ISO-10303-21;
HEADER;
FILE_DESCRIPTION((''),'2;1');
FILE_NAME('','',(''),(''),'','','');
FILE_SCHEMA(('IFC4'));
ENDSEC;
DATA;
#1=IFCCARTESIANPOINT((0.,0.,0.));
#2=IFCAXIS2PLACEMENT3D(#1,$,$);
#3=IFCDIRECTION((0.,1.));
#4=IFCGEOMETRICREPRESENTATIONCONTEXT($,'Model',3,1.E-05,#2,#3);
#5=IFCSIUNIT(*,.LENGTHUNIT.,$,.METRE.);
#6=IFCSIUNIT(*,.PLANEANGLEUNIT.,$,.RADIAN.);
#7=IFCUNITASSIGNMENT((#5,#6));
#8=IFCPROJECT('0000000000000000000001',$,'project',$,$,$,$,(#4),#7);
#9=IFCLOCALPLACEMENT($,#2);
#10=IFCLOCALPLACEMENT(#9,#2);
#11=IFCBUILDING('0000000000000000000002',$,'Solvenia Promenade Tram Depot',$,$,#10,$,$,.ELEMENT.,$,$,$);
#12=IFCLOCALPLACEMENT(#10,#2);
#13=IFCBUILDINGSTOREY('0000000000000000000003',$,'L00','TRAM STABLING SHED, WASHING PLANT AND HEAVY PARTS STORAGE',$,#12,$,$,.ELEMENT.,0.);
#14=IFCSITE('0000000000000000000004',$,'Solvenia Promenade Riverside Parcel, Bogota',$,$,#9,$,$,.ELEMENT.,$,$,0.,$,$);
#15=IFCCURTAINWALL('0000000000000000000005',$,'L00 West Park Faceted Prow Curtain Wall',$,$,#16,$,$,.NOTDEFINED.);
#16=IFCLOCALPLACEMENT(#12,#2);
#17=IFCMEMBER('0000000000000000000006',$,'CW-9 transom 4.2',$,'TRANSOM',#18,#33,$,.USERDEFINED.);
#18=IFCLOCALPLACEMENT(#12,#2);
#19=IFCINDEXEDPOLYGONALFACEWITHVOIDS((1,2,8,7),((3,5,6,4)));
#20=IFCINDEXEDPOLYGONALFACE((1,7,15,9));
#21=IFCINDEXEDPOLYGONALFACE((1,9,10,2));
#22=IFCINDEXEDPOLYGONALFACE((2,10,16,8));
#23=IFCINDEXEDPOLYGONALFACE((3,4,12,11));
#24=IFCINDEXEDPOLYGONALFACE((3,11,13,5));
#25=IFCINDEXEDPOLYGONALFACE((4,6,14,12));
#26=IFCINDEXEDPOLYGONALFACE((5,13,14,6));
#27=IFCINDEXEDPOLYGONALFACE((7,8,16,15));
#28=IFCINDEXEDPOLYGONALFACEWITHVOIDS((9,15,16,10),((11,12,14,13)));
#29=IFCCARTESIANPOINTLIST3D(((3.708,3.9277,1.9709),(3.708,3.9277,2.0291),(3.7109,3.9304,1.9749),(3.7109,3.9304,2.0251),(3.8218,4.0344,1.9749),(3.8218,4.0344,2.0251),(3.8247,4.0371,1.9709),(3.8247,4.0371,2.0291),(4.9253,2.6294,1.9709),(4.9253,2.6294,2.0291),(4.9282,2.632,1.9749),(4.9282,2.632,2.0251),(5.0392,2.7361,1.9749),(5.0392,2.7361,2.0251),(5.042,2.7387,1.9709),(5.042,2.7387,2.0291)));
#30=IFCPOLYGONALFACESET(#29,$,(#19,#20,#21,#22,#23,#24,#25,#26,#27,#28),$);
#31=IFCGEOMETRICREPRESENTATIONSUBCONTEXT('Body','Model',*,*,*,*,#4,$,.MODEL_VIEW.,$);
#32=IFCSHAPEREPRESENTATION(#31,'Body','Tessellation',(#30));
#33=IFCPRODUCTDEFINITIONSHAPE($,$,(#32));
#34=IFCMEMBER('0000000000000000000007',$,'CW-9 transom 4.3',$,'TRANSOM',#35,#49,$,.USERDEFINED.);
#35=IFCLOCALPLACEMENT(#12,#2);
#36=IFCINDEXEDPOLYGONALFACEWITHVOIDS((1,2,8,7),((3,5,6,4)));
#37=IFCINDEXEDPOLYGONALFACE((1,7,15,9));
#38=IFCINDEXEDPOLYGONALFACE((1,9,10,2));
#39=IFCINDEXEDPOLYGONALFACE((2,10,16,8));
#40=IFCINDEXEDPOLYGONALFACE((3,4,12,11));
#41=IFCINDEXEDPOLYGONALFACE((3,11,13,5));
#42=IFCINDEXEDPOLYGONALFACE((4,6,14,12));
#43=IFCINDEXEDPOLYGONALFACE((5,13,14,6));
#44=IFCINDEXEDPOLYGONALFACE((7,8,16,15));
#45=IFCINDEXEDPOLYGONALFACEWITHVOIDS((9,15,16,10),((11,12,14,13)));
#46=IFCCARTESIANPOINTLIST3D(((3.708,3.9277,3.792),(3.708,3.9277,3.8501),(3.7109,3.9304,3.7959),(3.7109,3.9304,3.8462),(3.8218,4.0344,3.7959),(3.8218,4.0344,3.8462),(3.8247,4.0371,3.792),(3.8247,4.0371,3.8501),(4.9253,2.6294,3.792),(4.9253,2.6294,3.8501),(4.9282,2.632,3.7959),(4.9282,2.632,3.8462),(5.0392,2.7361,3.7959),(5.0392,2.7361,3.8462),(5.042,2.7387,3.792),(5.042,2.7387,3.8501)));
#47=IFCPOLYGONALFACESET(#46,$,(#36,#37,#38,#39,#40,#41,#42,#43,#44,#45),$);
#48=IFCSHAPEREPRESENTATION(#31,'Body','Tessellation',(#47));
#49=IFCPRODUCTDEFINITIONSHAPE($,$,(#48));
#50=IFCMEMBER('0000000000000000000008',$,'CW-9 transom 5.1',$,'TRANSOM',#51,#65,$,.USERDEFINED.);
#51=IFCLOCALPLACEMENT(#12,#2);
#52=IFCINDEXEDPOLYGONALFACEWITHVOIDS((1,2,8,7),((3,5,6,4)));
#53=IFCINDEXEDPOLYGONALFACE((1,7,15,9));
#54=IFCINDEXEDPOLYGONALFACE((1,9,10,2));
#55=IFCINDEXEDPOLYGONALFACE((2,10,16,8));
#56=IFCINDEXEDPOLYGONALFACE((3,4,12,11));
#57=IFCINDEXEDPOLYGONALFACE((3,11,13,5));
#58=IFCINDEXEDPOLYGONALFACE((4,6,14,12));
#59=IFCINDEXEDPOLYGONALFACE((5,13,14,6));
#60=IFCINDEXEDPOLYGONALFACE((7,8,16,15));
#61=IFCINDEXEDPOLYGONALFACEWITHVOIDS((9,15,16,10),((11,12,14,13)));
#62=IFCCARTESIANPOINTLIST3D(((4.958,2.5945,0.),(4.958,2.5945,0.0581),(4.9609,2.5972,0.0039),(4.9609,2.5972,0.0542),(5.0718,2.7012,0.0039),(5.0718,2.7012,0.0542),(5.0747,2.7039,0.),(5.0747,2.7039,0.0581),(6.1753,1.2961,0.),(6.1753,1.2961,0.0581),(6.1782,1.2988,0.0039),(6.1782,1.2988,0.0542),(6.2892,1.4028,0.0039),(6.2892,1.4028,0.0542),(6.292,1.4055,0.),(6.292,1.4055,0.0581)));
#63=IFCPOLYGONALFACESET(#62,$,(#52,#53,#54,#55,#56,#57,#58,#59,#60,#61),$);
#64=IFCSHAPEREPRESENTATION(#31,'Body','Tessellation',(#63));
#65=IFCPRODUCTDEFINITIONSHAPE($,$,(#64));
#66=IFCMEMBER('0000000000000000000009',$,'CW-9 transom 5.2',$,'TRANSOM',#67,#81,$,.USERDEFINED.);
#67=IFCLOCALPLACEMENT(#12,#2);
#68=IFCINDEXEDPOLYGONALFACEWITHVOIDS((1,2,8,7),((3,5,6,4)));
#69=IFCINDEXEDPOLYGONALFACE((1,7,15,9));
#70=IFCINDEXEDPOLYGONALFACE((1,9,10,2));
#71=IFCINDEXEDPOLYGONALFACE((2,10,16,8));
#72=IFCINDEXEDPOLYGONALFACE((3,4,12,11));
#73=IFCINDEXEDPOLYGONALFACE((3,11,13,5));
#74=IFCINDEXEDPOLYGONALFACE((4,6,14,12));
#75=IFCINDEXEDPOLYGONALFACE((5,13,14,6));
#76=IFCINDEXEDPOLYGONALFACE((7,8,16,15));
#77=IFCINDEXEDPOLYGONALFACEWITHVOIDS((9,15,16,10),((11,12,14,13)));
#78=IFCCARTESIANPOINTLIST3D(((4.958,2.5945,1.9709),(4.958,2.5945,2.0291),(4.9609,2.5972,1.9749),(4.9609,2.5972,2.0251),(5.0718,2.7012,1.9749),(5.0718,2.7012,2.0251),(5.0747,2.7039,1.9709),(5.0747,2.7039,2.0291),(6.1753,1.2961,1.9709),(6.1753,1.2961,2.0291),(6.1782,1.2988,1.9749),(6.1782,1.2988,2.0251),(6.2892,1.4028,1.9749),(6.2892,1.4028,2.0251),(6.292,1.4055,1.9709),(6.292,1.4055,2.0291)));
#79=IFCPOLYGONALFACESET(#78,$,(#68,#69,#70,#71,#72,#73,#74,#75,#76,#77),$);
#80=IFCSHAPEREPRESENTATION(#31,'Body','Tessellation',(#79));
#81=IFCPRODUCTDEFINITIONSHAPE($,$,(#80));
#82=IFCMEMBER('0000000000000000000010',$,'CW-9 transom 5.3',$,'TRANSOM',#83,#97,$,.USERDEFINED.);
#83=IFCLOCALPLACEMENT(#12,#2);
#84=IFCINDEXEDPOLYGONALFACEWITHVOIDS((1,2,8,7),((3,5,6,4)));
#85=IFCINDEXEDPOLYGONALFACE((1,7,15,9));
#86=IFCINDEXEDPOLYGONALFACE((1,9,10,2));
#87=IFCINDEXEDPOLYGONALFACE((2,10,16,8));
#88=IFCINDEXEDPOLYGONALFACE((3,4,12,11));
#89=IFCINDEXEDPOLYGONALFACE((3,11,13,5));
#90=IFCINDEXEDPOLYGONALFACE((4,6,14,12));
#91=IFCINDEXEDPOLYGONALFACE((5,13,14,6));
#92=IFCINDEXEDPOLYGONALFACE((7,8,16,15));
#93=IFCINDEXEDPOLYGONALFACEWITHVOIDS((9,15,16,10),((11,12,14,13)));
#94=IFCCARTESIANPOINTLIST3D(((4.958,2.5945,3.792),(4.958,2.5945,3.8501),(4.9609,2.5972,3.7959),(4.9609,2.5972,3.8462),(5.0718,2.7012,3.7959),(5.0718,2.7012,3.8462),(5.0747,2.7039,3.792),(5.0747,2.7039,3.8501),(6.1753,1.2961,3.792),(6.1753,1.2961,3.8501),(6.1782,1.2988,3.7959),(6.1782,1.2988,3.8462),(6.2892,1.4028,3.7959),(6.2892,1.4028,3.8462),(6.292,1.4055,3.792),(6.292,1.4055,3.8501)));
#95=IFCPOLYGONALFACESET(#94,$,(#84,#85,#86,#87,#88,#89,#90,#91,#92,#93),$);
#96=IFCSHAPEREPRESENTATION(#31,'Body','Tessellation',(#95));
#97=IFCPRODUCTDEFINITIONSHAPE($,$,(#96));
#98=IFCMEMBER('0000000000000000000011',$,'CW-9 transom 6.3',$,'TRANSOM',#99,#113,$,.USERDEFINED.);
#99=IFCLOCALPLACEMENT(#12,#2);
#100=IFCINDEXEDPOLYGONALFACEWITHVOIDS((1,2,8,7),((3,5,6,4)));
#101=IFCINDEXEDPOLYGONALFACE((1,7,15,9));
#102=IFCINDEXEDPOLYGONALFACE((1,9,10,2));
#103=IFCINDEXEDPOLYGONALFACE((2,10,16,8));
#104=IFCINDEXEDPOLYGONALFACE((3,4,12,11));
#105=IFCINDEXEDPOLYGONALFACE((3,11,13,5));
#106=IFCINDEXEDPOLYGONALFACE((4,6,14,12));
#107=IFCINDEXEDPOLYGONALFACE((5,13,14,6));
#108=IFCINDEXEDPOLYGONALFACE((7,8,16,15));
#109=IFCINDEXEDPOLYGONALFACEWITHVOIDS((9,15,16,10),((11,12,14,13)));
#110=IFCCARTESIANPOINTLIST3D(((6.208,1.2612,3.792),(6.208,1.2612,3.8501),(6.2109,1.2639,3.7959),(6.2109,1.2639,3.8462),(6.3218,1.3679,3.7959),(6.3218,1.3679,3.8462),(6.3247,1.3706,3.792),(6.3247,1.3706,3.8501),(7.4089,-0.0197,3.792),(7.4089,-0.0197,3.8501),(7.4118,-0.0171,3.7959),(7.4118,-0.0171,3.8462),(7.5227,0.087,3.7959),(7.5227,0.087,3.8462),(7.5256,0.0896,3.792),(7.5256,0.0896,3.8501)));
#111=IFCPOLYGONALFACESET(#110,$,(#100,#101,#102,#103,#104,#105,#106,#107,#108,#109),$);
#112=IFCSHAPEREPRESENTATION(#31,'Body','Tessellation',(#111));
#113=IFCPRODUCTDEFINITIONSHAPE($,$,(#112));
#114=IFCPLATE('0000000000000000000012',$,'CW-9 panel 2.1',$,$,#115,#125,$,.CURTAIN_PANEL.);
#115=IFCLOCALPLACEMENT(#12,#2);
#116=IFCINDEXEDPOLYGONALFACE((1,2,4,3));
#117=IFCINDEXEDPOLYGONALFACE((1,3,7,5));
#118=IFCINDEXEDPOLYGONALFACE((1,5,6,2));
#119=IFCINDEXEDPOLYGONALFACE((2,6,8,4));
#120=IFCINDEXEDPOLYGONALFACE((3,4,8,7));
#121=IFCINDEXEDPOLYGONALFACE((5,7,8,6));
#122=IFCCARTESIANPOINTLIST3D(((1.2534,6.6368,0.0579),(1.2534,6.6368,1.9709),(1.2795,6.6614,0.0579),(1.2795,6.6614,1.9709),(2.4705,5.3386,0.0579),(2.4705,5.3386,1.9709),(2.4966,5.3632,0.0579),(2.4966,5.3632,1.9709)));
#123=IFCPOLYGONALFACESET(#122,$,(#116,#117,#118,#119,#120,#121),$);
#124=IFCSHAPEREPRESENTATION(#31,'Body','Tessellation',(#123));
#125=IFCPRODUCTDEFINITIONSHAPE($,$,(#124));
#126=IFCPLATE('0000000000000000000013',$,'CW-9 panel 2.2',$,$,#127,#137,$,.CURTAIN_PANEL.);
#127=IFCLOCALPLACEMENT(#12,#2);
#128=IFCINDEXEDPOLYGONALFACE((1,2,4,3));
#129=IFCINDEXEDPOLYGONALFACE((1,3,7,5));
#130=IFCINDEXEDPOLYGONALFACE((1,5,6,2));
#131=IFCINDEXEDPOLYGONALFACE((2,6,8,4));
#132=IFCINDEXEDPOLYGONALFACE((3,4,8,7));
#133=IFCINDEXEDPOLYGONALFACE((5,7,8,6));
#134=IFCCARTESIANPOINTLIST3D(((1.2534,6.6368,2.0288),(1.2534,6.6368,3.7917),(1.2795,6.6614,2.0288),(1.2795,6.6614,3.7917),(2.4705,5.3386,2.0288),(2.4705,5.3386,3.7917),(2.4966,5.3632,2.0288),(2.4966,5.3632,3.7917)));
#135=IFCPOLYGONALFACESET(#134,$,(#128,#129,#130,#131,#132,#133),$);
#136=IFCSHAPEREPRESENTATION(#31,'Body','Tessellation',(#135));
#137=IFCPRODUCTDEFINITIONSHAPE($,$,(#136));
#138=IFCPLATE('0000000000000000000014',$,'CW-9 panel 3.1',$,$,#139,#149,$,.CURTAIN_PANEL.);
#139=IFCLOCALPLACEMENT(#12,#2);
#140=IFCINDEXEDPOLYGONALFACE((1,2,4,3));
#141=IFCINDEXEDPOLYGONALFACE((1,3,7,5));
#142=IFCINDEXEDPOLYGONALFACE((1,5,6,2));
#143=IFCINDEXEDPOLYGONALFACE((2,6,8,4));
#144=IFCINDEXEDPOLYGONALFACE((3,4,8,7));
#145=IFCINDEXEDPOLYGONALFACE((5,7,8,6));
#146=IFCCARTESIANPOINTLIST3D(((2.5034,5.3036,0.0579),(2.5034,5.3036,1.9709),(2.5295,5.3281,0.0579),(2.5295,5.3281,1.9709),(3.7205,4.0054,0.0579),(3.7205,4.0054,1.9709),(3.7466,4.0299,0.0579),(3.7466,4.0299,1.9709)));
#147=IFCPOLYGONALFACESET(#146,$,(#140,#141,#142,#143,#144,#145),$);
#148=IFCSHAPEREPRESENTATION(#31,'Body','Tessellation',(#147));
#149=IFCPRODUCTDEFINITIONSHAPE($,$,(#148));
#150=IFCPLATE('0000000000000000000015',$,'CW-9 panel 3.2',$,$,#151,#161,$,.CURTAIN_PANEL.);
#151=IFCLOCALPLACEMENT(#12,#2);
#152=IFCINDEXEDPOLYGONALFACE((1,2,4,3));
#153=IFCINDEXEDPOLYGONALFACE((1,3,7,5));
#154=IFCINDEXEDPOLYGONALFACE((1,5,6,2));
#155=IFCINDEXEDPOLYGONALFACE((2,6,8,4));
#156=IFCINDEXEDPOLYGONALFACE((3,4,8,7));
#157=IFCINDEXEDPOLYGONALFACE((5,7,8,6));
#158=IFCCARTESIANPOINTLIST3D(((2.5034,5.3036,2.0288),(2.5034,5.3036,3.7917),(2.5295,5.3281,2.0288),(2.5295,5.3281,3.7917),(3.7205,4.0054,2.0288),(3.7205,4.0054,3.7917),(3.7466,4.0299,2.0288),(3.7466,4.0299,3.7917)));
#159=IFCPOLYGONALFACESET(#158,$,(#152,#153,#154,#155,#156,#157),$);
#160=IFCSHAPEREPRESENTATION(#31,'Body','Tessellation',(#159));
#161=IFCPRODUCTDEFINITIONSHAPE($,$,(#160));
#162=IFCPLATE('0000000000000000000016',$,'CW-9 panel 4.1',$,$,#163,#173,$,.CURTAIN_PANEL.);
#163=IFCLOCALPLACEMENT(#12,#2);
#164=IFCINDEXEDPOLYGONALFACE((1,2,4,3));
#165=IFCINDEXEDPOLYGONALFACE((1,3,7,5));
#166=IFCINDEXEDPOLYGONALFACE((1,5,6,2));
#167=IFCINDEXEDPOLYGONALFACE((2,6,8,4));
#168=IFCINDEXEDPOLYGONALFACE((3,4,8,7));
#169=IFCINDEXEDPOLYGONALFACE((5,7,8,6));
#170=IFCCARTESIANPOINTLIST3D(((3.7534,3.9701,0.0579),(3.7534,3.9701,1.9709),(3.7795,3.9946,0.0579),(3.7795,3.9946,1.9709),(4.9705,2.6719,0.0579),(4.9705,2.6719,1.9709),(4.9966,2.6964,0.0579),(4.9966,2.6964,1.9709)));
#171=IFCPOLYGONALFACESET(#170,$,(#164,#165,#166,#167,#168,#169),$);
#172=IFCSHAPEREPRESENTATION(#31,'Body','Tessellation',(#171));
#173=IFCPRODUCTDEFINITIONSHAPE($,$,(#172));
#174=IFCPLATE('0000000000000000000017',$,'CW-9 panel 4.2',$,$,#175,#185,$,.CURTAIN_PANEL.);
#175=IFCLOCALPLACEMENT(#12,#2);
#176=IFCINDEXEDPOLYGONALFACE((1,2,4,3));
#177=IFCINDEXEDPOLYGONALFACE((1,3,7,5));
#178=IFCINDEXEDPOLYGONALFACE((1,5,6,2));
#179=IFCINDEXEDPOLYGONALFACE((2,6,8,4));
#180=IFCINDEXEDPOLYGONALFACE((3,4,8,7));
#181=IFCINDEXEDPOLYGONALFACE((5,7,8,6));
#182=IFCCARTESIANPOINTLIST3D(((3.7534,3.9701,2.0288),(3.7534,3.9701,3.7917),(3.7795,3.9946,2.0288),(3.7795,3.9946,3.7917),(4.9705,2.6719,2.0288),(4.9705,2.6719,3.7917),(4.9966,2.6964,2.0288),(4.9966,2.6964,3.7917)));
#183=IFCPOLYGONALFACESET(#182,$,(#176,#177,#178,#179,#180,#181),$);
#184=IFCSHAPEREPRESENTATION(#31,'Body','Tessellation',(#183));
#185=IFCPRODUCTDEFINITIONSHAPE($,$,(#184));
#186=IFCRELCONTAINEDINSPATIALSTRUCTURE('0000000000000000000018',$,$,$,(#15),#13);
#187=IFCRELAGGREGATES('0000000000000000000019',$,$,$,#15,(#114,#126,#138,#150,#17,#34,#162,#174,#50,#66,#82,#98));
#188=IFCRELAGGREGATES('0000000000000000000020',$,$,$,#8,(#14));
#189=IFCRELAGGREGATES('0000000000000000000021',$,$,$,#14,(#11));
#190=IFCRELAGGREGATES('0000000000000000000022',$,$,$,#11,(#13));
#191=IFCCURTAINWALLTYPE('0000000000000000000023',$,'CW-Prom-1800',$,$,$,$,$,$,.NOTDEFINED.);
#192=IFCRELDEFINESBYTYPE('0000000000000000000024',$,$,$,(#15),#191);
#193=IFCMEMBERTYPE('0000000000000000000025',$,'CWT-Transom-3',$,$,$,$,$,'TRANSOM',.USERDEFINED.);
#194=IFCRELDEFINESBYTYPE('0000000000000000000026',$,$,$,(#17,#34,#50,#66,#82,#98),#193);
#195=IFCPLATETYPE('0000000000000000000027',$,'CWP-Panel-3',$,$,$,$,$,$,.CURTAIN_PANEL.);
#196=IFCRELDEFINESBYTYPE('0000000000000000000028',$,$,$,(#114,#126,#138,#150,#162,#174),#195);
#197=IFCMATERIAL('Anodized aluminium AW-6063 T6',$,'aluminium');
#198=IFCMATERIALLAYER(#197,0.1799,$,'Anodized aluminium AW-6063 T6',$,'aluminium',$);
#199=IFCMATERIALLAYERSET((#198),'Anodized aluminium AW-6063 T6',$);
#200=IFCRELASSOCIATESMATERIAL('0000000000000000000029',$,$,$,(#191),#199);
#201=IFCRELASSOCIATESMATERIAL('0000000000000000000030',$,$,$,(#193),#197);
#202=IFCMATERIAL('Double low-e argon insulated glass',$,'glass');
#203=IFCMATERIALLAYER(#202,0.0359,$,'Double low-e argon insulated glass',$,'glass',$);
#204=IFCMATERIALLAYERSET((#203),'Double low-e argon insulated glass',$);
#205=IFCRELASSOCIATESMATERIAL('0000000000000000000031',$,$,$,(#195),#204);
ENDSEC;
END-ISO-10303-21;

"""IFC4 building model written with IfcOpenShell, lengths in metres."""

from ifc_helpers import new_model, si_unit, direction, frame, origin, origin_2d, place, context, subcontext, project, spatial, rectangle, hollow_rectangle, extrude, material, layer, layer_set, material_profile, profile_set, type_object, element, aggregate, save


model = new_model("IFC4")

# Units and contexts
model_context = context("Model", 3, precision=1e-05, world=origin(), true_north=direction((0.0, 1.0)))
body_context = subcontext(model_context, "Body", "Model", "MODEL_VIEW")
ifc_project = project(units=[si_unit("LENGTHUNIT", "METRE"), si_unit("PLANEANGLEUNIT", "RADIAN")], contexts=[model_context])

# Site, building, storey
site_placement = place(None, origin())
site = spatial("IfcSite", under=ifc_project, at=site_placement, Name="Solvenia Promenade Riverside Parcel, Bogota", CompositionType="ELEMENT", RefElevation=0.0)
building_placement = place(site_placement, origin())
building = spatial("IfcBuilding", under=site, at=building_placement, Name="Solvenia Promenade Tram Depot", CompositionType="ELEMENT")
storey_placement = place(building_placement, origin())
storey = spatial("IfcBuildingStorey", under=building, at=storey_placement, Name="L00", Description="TRAM STABLING SHED, WASHING PLANT AND HEAVY PARTS STORAGE", CompositionType="ELEMENT", Elevation=0.0)

# Curtain wall, members, plates
ifc_material_1 = material(Name="Anodized aluminium AW-6063 T6", Category="aluminium")
ifc_layer_1 = layer(ifc_material_1, 0.1799, Name="Anodized aluminium AW-6063 T6", Category="aluminium")
ifc_layer_set_1 = layer_set([ifc_layer_1], Name="Anodized aluminium AW-6063 T6")
curtain_wall_type = type_object("IfcCurtainWallType", Name="CW-Prom-1800", PredefinedType="NOTDEFINED", material=ifc_layer_set_1)
curtain_wall_placement = place(storey_placement, origin())
curtain_wall = element("IfcCurtainWall", 1, at=curtain_wall_placement, inside=storey, type_object=curtain_wall_type, Name="L00 West Park Faceted Prow Curtain Wall", PredefinedType="NOTDEFINED")
ifc_material_profile_1 = material_profile(ifc_material_1, hollow_rectangle(XDim=0.1599, YDim=0.0581, WallThickness=0.0039, at=origin_2d()), Name="ALU-T3", Category="aluminium")
ifc_profile_set_1 = profile_set([ifc_material_profile_1], Name="Anodized aluminium AW-6063 T6")
member_type_1 = type_object("IfcMemberType", Name="CWT-Transom-3", ElementType="TRANSOM", PredefinedType="USERDEFINED", material=ifc_profile_set_1)
member_1_placement = place(storey_placement, frame((3.7664, 3.9824, 2.0), z_axis=(0.683969, -0.729512, 0.0), x_axis=(0.729512, 0.683969, 0.0)))
member_1 = element("IfcMember", 2, at=member_1_placement, type_object=member_type_1, Name="CW-9 transom 4.2", ObjectType="TRANSOM", PredefinedType="USERDEFINED", context=body_context, shape_type="SweptSolid", body=[
    extrude(hollow_rectangle(XDim=0.1599, YDim=0.0581, WallThickness=0.0039, at=origin_2d()), origin(), (0.0, 0.0, 1.0), 1.7798),
])
member_2_placement = place(storey_placement, frame((3.7664, 3.9824, 3.821), z_axis=(0.683969, -0.729512, 0.0), x_axis=(0.729512, 0.683969, 0.0)))
member_2 = element("IfcMember", 3, at=member_2_placement, type_object=member_type_1, Name="CW-9 transom 4.3", ObjectType="TRANSOM", PredefinedType="USERDEFINED", context=body_context, shape_type="SweptSolid", body=[
    extrude(hollow_rectangle(XDim=0.1599, YDim=0.0581, WallThickness=0.0039, at=origin_2d()), origin(), (0.0, 0.0, 1.0), 1.7798),
])
member_3_placement = place(storey_placement, frame((5.0164, 2.6492, 0.0291), z_axis=(0.683969, -0.729512, 0.0), x_axis=(0.729512, 0.683969, 0.0)))
member_3 = element("IfcMember", 4, at=member_3_placement, type_object=member_type_1, Name="CW-9 transom 5.1", ObjectType="TRANSOM", PredefinedType="USERDEFINED", context=body_context, shape_type="SweptSolid", body=[
    extrude(hollow_rectangle(XDim=0.1599, YDim=0.0581, WallThickness=0.0039, at=origin_2d()), origin(), (0.0, 0.0, 1.0), 1.7798),
])
member_4_placement = place(storey_placement, frame((5.0164, 2.6492, 2.0), z_axis=(0.683969, -0.729512, 0.0), x_axis=(0.729512, 0.683969, 0.0)))
member_4 = element("IfcMember", 5, at=member_4_placement, type_object=member_type_1, Name="CW-9 transom 5.2", ObjectType="TRANSOM", PredefinedType="USERDEFINED", context=body_context, shape_type="SweptSolid", body=[
    extrude(hollow_rectangle(XDim=0.1599, YDim=0.0581, WallThickness=0.0039, at=origin_2d()), origin(), (0.0, 0.0, 1.0), 1.7798),
])
member_5_placement = place(storey_placement, frame((5.0164, 2.6492, 3.821), z_axis=(0.683969, -0.729512, 0.0), x_axis=(0.729512, 0.683969, 0.0)))
member_5 = element("IfcMember", 6, at=member_5_placement, type_object=member_type_1, Name="CW-9 transom 5.3", ObjectType="TRANSOM", PredefinedType="USERDEFINED", context=body_context, shape_type="SweptSolid", body=[
    extrude(hollow_rectangle(XDim=0.1599, YDim=0.0581, WallThickness=0.0039, at=origin_2d()), origin(), (0.0, 0.0, 1.0), 1.7798),
])
member_6_placement = place(storey_placement, frame((6.2664, 1.3159, 3.821), z_axis=(0.683937, -0.729542, 0.0), x_axis=(0.729542, 0.683937, 0.0)))
member_6 = element("IfcMember", 7, at=member_6_placement, type_object=member_type_1, Name="CW-9 transom 6.3", ObjectType="TRANSOM", PredefinedType="USERDEFINED", context=body_context, shape_type="SweptSolid", body=[
    extrude(hollow_rectangle(XDim=0.1599, YDim=0.0581, WallThickness=0.0039, at=origin_2d()), origin(), (0.0, 0.0, 1.0), 1.7559),
])
ifc_material_2 = material(Name="Double low-e argon insulated glass", Category="glass")
ifc_layer_2 = layer(ifc_material_2, 0.0359, Name="Double low-e argon insulated glass", Category="glass")
ifc_layer_set_2 = layer_set([ifc_layer_2], Name="Double low-e argon insulated glass")
plate_type = type_object("IfcPlateType", Name="CWP-Panel-3", PredefinedType="CURTAIN_PANEL", material=ifc_layer_set_2)
plate_1_placement = place(storey_placement, frame((1.875, 6.0, 0.0579), z_axis=(0.0, 0.0, 1.0), x_axis=(0.683941, -0.729537, 0.0)))
plate_1 = element("IfcPlate", 8, at=plate_1_placement, type_object=plate_type, Name="CW-9 panel 2.1", PredefinedType="CURTAIN_PANEL", context=body_context, shape_type="SweptSolid", body=[
    extrude(rectangle(XDim=1.7795, YDim=0.0359, at=origin_2d()), origin(), (0.0, 0.0, 1.0), 1.9131),
])
plate_2_placement = place(storey_placement, frame((1.875, 6.0, 2.0288), z_axis=(0.0, 0.0, 1.0), x_axis=(0.683941, -0.729537, 0.0)))
plate_2 = element("IfcPlate", 9, at=plate_2_placement, type_object=plate_type, Name="CW-9 panel 2.2", PredefinedType="CURTAIN_PANEL", context=body_context, shape_type="SweptSolid", body=[
    extrude(rectangle(XDim=1.7795, YDim=0.0359, at=origin_2d()), origin(), (0.0, 0.0, 1.0), 1.7629),
])
plate_3_placement = place(storey_placement, frame((3.125, 4.6667, 0.0579), z_axis=(0.0, 0.0, 1.0), x_axis=(0.683941, -0.729537, 0.0)))
plate_3 = element("IfcPlate", 10, at=plate_3_placement, type_object=plate_type, Name="CW-9 panel 3.1", PredefinedType="CURTAIN_PANEL", context=body_context, shape_type="SweptSolid", body=[
    extrude(rectangle(XDim=1.7795, YDim=0.0359, at=origin_2d()), origin(), (0.0, 0.0, 1.0), 1.9131),
])
plate_4_placement = place(storey_placement, frame((3.125, 4.6667, 2.0288), z_axis=(0.0, 0.0, 1.0), x_axis=(0.683941, -0.729537, 0.0)))
plate_4 = element("IfcPlate", 11, at=plate_4_placement, type_object=plate_type, Name="CW-9 panel 3.2", PredefinedType="CURTAIN_PANEL", context=body_context, shape_type="SweptSolid", body=[
    extrude(rectangle(XDim=1.7795, YDim=0.0359, at=origin_2d()), origin(), (0.0, 0.0, 1.0), 1.7629),
])
plate_5_placement = place(storey_placement, frame((4.375, 3.3333, 0.0579), z_axis=(0.0, 0.0, 1.0), x_axis=(0.683941, -0.729537, 0.0)))
plate_5 = element("IfcPlate", 12, at=plate_5_placement, type_object=plate_type, Name="CW-9 panel 4.1", PredefinedType="CURTAIN_PANEL", context=body_context, shape_type="SweptSolid", body=[
    extrude(rectangle(XDim=1.7795, YDim=0.0359, at=origin_2d()), origin(), (0.0, 0.0, 1.0), 1.9131),
])
plate_6_placement = place(storey_placement, frame((4.375, 3.3333, 2.0288), z_axis=(0.0, 0.0, 1.0), x_axis=(0.683941, -0.729537, 0.0)))
plate_6 = element("IfcPlate", 13, at=plate_6_placement, type_object=plate_type, Name="CW-9 panel 4.2", PredefinedType="CURTAIN_PANEL", context=body_context, shape_type="SweptSolid", body=[
    extrude(rectangle(XDim=1.7795, YDim=0.0359, at=origin_2d()), origin(), (0.0, 0.0, 1.0), 1.7629),
])
aggregate(curtain_wall, [plate_1, plate_2, plate_3, plate_4, member_1, member_2, plate_5, plate_6, member_3, member_4, member_5, member_6])

save(model, "model.ifc")
